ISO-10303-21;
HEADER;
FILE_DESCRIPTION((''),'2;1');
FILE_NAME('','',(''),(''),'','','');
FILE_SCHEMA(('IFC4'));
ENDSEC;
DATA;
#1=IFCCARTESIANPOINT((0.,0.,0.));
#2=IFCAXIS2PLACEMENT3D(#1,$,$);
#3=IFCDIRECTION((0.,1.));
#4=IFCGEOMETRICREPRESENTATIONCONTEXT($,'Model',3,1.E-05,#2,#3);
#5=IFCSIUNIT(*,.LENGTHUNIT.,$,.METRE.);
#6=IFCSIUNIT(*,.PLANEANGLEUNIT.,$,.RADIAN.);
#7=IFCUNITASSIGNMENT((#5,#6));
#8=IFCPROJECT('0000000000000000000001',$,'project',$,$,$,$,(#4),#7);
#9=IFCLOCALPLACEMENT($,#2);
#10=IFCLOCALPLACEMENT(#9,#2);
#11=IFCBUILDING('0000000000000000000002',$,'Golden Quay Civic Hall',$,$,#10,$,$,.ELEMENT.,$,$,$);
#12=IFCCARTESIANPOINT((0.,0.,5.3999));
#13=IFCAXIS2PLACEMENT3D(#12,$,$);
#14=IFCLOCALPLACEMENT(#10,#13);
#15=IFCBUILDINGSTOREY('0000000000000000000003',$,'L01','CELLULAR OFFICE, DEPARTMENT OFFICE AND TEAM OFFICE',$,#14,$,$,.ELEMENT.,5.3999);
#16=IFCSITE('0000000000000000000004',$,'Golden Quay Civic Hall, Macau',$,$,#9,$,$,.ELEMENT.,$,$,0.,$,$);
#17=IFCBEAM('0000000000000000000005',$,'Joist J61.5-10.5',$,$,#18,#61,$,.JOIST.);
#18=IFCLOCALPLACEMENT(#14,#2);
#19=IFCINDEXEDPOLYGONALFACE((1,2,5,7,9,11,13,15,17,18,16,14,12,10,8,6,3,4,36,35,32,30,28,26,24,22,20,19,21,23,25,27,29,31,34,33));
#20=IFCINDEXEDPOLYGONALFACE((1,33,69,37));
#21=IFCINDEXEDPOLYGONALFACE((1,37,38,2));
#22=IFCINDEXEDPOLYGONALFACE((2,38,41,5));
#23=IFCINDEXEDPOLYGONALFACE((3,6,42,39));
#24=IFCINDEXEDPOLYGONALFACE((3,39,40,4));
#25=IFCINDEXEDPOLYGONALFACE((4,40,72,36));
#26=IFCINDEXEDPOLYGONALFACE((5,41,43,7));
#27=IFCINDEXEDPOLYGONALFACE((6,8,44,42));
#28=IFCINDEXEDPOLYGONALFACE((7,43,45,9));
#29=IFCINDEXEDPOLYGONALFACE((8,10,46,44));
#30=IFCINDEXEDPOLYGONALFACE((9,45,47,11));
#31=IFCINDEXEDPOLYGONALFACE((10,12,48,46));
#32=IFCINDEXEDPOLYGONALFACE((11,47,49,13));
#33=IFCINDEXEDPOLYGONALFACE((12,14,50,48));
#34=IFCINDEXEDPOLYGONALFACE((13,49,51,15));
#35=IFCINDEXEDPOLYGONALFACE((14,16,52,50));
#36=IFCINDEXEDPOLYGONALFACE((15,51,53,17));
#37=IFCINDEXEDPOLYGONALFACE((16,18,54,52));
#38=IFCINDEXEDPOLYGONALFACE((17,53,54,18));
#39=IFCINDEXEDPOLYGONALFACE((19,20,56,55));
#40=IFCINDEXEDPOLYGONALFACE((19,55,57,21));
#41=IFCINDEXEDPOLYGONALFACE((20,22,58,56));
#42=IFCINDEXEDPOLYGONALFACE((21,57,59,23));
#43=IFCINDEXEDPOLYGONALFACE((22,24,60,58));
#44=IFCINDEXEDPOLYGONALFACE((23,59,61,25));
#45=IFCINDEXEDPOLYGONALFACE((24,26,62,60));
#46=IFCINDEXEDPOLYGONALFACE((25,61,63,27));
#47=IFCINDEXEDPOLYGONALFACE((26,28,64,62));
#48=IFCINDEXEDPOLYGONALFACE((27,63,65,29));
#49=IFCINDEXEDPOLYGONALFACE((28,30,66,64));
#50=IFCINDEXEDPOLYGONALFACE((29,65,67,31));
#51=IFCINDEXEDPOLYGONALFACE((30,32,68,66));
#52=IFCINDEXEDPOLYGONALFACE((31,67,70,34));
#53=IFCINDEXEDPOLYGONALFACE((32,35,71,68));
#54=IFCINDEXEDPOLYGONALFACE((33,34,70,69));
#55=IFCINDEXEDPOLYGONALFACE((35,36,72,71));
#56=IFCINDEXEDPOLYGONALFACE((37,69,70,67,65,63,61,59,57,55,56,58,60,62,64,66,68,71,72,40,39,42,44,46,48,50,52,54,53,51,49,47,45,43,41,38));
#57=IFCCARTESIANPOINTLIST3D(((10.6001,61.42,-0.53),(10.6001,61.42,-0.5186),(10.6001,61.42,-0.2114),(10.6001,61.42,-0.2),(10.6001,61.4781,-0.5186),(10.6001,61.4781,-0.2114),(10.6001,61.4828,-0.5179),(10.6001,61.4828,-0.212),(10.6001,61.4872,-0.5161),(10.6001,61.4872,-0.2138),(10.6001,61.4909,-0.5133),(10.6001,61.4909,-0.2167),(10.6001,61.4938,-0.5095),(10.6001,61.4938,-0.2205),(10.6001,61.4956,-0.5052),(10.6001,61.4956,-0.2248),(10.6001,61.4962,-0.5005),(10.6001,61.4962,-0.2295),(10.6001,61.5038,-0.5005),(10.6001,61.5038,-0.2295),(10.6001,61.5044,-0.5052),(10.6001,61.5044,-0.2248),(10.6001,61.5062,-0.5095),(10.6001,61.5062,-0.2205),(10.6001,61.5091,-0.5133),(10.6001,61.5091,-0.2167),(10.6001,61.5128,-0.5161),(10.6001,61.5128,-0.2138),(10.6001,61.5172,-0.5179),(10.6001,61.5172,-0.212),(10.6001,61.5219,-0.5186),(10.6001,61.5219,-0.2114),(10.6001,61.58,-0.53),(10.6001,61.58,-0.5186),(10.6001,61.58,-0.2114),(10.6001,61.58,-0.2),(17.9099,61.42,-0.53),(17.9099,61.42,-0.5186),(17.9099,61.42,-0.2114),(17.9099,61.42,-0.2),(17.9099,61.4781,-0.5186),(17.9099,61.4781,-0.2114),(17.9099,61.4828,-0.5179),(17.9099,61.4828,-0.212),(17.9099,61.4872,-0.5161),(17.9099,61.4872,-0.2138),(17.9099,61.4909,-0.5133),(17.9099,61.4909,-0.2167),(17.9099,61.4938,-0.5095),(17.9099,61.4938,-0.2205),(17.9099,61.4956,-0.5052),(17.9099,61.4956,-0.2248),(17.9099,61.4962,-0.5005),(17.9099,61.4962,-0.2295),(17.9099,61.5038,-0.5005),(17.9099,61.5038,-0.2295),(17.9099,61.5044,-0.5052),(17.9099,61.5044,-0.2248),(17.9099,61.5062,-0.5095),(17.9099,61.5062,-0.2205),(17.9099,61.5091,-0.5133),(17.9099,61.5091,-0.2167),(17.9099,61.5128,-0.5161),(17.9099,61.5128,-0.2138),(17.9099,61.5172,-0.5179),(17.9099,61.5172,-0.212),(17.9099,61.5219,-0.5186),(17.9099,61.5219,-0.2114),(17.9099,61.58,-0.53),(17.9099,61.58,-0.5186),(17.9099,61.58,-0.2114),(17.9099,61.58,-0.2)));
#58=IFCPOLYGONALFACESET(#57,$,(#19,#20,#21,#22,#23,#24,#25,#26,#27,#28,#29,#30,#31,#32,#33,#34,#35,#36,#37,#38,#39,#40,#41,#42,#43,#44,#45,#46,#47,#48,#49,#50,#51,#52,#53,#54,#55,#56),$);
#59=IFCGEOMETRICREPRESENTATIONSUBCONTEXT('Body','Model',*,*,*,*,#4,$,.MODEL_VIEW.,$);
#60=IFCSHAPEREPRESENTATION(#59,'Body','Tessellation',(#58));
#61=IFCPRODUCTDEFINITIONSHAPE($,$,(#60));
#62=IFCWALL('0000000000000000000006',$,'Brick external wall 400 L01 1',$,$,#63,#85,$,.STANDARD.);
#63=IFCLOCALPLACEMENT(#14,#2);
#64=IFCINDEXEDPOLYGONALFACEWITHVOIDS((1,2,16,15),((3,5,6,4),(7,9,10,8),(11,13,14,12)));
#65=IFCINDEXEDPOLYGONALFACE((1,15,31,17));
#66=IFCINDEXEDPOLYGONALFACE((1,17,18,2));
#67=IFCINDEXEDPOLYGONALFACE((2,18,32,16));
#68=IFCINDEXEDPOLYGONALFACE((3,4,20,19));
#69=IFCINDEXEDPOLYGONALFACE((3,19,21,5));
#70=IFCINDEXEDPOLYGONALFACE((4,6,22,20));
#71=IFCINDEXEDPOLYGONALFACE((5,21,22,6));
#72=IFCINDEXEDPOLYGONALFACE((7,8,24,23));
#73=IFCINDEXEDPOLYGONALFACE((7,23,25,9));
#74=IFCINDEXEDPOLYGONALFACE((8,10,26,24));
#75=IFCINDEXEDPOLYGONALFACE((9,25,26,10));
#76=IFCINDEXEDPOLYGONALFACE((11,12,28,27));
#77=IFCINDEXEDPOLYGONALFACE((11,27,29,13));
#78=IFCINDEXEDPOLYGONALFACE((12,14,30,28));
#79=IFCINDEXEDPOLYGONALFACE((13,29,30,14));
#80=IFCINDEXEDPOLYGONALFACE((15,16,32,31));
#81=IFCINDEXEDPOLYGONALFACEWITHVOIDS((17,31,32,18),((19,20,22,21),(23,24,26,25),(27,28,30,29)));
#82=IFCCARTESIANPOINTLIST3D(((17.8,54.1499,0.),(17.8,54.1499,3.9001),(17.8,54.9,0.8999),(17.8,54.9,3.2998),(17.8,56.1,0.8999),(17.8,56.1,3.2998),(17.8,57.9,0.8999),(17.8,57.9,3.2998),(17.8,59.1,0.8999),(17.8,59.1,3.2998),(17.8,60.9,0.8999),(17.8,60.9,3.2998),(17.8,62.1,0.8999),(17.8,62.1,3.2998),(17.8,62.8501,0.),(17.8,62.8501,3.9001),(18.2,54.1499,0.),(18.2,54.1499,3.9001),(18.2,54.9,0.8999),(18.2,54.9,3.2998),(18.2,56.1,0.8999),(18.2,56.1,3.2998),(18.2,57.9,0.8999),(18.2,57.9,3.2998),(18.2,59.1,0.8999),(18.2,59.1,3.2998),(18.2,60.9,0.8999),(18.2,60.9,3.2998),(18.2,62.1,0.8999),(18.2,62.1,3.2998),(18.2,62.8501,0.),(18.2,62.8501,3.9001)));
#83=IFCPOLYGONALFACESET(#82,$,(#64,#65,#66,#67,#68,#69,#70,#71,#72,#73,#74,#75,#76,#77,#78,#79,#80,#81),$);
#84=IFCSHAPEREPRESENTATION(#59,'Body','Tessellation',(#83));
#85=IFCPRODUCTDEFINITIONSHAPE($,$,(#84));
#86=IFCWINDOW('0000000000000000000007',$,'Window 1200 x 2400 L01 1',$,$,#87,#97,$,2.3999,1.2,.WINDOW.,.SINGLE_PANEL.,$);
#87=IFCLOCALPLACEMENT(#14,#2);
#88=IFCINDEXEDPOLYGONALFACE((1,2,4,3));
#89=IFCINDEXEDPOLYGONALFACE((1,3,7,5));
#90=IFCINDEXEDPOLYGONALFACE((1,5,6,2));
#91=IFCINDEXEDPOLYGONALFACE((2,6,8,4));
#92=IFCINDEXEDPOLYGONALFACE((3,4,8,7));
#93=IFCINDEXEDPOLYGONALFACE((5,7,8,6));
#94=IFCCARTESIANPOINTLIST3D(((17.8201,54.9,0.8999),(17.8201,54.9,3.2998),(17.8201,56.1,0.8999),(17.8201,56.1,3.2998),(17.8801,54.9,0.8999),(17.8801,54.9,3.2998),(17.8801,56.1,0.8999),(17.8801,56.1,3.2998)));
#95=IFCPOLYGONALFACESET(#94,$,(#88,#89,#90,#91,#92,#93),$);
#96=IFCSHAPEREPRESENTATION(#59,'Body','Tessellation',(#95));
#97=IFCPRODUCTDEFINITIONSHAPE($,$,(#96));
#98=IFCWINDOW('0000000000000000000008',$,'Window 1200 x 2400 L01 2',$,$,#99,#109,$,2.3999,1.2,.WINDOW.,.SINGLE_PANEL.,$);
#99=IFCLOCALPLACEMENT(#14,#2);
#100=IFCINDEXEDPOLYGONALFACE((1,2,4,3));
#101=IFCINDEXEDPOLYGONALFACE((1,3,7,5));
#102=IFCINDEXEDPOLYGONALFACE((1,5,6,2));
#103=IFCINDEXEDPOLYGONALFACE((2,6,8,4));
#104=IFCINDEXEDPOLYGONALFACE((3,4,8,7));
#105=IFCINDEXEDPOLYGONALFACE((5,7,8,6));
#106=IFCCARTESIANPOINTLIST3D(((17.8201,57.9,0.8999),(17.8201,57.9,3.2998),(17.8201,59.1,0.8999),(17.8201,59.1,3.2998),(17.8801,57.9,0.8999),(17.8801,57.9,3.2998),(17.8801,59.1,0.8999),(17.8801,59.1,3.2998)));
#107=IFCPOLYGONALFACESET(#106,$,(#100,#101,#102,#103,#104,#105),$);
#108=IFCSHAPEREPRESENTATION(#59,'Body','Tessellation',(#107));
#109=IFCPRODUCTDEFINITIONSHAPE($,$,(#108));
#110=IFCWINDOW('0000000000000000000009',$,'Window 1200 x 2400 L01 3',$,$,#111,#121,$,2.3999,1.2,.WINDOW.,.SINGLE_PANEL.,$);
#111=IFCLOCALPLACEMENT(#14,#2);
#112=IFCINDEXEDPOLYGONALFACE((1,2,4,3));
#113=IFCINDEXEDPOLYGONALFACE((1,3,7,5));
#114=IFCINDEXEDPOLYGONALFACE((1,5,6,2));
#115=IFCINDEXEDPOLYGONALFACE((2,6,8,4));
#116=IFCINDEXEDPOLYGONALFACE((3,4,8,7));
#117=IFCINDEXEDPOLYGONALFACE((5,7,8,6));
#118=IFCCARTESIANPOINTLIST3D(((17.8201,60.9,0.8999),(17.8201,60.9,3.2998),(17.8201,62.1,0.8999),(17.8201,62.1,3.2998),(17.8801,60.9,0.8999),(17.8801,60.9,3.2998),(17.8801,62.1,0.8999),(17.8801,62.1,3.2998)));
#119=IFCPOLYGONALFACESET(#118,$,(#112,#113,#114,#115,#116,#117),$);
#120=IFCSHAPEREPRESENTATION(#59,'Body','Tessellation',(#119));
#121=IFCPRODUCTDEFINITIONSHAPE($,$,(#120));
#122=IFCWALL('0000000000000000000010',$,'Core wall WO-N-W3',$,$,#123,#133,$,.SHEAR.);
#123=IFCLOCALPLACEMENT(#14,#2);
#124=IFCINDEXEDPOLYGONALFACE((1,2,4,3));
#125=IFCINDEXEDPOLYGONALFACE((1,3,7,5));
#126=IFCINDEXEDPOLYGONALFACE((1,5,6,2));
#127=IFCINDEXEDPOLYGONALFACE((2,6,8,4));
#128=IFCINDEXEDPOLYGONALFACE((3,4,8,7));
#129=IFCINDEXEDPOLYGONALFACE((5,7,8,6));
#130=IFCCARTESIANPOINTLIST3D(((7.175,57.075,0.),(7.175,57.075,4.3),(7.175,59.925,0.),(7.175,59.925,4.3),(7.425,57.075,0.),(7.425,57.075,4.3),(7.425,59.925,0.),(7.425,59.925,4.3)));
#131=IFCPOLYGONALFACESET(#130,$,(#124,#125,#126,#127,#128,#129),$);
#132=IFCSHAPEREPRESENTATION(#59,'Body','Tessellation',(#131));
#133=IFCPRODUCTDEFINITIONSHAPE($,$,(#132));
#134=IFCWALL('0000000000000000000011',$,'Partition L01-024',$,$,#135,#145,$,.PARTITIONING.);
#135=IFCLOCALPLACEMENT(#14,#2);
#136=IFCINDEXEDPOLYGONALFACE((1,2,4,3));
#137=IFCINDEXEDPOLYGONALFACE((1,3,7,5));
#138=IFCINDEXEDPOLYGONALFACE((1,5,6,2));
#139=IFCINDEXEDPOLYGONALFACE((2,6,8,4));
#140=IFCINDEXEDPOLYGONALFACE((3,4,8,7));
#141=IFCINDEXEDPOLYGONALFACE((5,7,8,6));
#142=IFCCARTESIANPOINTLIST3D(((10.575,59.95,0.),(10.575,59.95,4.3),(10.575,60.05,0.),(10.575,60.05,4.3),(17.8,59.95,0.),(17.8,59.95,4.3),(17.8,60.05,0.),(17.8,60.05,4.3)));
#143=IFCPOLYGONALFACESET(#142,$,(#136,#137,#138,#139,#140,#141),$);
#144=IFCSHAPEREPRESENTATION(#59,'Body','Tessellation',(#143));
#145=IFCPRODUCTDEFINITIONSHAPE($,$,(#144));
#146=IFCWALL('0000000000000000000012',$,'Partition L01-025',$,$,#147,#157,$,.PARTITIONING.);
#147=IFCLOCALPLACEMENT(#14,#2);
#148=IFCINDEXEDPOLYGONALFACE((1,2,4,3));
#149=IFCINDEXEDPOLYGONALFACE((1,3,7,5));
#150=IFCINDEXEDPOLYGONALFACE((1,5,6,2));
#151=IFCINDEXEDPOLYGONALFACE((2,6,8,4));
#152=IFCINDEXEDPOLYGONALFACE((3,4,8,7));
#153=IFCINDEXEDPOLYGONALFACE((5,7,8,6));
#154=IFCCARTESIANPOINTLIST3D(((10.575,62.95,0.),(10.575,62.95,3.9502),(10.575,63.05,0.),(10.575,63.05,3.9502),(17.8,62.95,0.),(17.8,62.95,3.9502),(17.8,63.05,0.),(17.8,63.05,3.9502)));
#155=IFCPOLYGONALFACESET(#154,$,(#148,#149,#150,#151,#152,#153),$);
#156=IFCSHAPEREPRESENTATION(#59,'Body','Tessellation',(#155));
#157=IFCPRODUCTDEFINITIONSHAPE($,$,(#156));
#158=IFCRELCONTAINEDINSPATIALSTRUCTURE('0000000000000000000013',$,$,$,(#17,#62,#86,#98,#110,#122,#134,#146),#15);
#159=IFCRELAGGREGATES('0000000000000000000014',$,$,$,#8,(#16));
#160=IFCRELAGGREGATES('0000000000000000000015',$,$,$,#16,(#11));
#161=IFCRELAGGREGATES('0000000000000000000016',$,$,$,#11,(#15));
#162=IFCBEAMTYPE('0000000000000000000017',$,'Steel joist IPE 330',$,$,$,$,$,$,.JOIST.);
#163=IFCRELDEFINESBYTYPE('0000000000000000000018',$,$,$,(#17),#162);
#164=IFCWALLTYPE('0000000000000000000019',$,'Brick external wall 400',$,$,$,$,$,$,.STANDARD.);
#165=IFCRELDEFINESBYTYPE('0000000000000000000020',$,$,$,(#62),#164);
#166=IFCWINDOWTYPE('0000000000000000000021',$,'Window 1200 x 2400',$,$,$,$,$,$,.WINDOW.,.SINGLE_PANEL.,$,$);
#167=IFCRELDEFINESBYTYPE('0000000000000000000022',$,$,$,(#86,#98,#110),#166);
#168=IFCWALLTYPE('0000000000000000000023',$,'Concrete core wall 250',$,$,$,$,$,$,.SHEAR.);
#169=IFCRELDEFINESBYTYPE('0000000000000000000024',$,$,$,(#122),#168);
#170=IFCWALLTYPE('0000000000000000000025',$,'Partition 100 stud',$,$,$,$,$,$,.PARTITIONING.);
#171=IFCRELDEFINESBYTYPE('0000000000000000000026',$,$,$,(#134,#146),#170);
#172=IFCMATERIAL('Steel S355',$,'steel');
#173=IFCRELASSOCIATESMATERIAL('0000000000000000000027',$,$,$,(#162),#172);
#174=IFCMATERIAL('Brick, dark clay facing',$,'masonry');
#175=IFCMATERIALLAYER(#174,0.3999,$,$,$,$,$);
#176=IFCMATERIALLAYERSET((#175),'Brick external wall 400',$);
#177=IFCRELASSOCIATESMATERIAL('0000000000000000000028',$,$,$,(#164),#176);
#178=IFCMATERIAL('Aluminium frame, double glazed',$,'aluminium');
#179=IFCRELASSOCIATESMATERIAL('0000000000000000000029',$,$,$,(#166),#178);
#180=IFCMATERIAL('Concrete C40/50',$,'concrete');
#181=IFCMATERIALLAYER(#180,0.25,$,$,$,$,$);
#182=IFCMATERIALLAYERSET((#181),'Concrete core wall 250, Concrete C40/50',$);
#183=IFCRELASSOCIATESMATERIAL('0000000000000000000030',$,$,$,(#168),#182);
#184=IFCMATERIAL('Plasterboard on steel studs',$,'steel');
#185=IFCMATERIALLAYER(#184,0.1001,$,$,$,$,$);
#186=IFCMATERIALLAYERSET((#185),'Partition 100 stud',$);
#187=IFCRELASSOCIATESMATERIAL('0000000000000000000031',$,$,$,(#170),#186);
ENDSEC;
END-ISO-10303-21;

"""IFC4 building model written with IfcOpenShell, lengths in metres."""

from ifc_helpers import new_model, si_unit, direction, frame, frame_2d, origin, origin_2d, place, context, subcontext, project, spatial, rectangle, i_section, extrude, material, layer, layer_set, material_profile, profile_set, type_object, element, fill, save


model = new_model("IFC4")

# Units and contexts
model_context = context("Model", 3, precision=1e-05, world=origin(), true_north=direction((0.0, 1.0)))
body_context = subcontext(model_context, "Body", "Model", "MODEL_VIEW")
ifc_project = project(units=[si_unit("LENGTHUNIT", "METRE"), si_unit("PLANEANGLEUNIT", "RADIAN")], contexts=[model_context])

# Site, building, storey
site_placement = place(None, origin())
site = spatial("IfcSite", under=ifc_project, at=site_placement, Name="Golden Quay Civic Hall, Macau", CompositionType="ELEMENT", RefElevation=0.0)
building_placement = place(site_placement, origin())
building = spatial("IfcBuilding", under=site, at=building_placement, Name="Golden Quay Civic Hall", CompositionType="ELEMENT")
storey_placement = place(building_placement, frame((0.0, 0.0, 5.3999)))
storey = spatial("IfcBuildingStorey", under=building, at=storey_placement, Name="L01", Description="CELLULAR OFFICE, DEPARTMENT OFFICE AND TEAM OFFICE", CompositionType="ELEMENT", Elevation=5.3999)

# Beam
ifc_material_1 = material(Name="Steel S355", Category="steel")
ifc_material_profile_1 = material_profile(ifc_material_1, i_section(OverallWidth=0.1599, OverallDepth=0.3301, WebThickness=0.0076, FlangeThickness=0.0115, FilletRadius=0.0181, at=origin_2d()), Name="IPE 330")
ifc_profile_set_1 = profile_set([ifc_material_profile_1], Name="Steel S355")
beam_type_1 = type_object("IfcBeamType", Name="Steel joist IPE 330", PredefinedType="JOIST", material=ifc_profile_set_1)
for number, where, z_axis, x_axis, name in (
    (1, (10.6001, 61.5, -0.365), (1.0, 0.0, 0.0), (0.0, 1.0, 0.0), "Joist J61.5-10.5"),
):
    element("IfcBeam", number, at=place(storey_placement, frame(where, z_axis=z_axis, x_axis=x_axis)), inside=storey, type_object=beam_type_1, Name=name, PredefinedType="JOIST", context=body_context, shape_type="SweptSolid", body=[
        extrude(i_section(OverallWidth=0.1599, OverallDepth=0.3301, WebThickness=0.0076, FlangeThickness=0.0115, FilletRadius=0.0181, at=origin_2d()), origin(), (0.0, 0.0, 1.0), 7.3098),
    ])

# Wall, openings, windows
ifc_material_2 = material(Name="Brick, dark clay facing", Category="masonry")
ifc_layer_1 = layer(ifc_material_2, 0.3999)
ifc_layer_set_1 = layer_set([ifc_layer_1], Name="Brick external wall 400")
wall_type_1 = type_object("IfcWallType", Name="Brick external wall 400", PredefinedType="STANDARD", material=ifc_layer_set_1)
wall_1_placement = place(storey_placement, frame((18.0, 62.8501, 0.0), z_axis=(0.0, 0.0, 1.0), x_axis=(0.0, -1.0, 0.0)))
wall_1 = element("IfcWall", 2, at=wall_1_placement, inside=storey, type_object=wall_type_1, Name="Brick external wall 400 L01 1", PredefinedType="STANDARD", context=body_context, shape_type="SweptSolid", body=[
    extrude(rectangle(XDim=8.7002, YDim=0.3999, at=frame_2d((4.3501, 0.0))), origin(), (0.0, 0.0, 1.0), 3.9001),
])
opening_1_placement = place(wall_1_placement, frame((6.75, 0.0, 0.8999)))
opening_1 = element("IfcOpeningElement", 3, at=opening_1_placement, cuts=wall_1, PredefinedType="OPENING", context=body_context, shape_type="SweptSolid", body=[
    extrude(rectangle(XDim=1.2, YDim=2.3999, at=frame_2d((0.6001, 1.2))), frame((0.0, 0.21, 0.0), z_axis=(0.0, -1.0, 0.0), x_axis=(1.0, 0.0, 0.0)), (0.0, 0.0, 1.0), 0.4199),
])
opening_2_placement = place(wall_1_placement, frame((3.75, 0.0, 0.8999)))
opening_2 = element("IfcOpeningElement", 4, at=opening_2_placement, cuts=wall_1, PredefinedType="OPENING", context=body_context, shape_type="SweptSolid", body=[
    extrude(rectangle(XDim=1.2, YDim=2.3999, at=frame_2d((0.6001, 1.2))), frame((0.0, 0.21, 0.0), z_axis=(0.0, -1.0, 0.0), x_axis=(1.0, 0.0, 0.0)), (0.0, 0.0, 1.0), 0.4199),
])
opening_3_placement = place(wall_1_placement, frame((0.75, 0.0, 0.8999)))
opening_3 = element("IfcOpeningElement", 5, at=opening_3_placement, cuts=wall_1, PredefinedType="OPENING", context=body_context, shape_type="SweptSolid", body=[
    extrude(rectangle(XDim=1.2, YDim=2.3999, at=frame_2d((0.6001, 1.2))), frame((0.0, 0.21, 0.0), z_axis=(0.0, -1.0, 0.0), x_axis=(1.0, 0.0, 0.0)), (0.0, 0.0, 1.0), 0.4199),
])
ifc_material_3 = material(Name="Aluminium frame, double glazed", Category="aluminium")
window_type = type_object("IfcWindowType", Name="Window 1200 x 2400", PartitioningType="SINGLE_PANEL", PredefinedType="WINDOW", material=ifc_material_3)
window_1_placement = place(opening_1_placement, origin())
window_1 = element("IfcWindow", 6, at=window_1_placement, inside=storey, type_object=window_type, Name="Window 1200 x 2400 L01 1", OverallHeight=2.3999, OverallWidth=1.2, PartitioningType="SINGLE_PANEL", PredefinedType="WINDOW", context=body_context, shape_type="SweptSolid", body=[
    extrude(rectangle(XDim=1.2, YDim=2.3999, at=frame_2d((0.6001, 1.2))), frame((0.0, -0.1199, 0.0), z_axis=(0.0, -1.0, 0.0), x_axis=(1.0, 0.0, 0.0)), (0.0, 0.0, 1.0), 0.0601),
])
fill(opening_1, window_1)
window_2_placement = place(opening_2_placement, origin())
window_2 = element("IfcWindow", 7, at=window_2_placement, inside=storey, type_object=window_type, Name="Window 1200 x 2400 L01 2", OverallHeight=2.3999, OverallWidth=1.2, PartitioningType="SINGLE_PANEL", PredefinedType="WINDOW", context=body_context, shape_type="SweptSolid", body=[
    extrude(rectangle(XDim=1.2, YDim=2.3999, at=frame_2d((0.6001, 1.2))), frame((0.0, -0.1199, 0.0), z_axis=(0.0, -1.0, 0.0), x_axis=(1.0, 0.0, 0.0)), (0.0, 0.0, 1.0), 0.0601),
])
fill(opening_2, window_2)
window_3_placement = place(opening_3_placement, origin())
window_3 = element("IfcWindow", 8, at=window_3_placement, inside=storey, type_object=window_type, Name="Window 1200 x 2400 L01 3", OverallHeight=2.3999, OverallWidth=1.2, PartitioningType="SINGLE_PANEL", PredefinedType="WINDOW", context=body_context, shape_type="SweptSolid", body=[
    extrude(rectangle(XDim=1.2, YDim=2.3999, at=frame_2d((0.6001, 1.2))), frame((0.0, -0.1199, 0.0), z_axis=(0.0, -1.0, 0.0), x_axis=(1.0, 0.0, 0.0)), (0.0, 0.0, 1.0), 0.0601),
])
fill(opening_3, window_3)

# Walls
ifc_material_4 = material(Name="Concrete C40/50", Category="concrete")
ifc_layer_2 = layer(ifc_material_4, 0.25)
ifc_layer_set_2 = layer_set([ifc_layer_2], Name="Concrete core wall 250, Concrete C40/50")
wall_type_2 = type_object("IfcWallType", Name="Concrete core wall 250", PredefinedType="SHEAR", material=ifc_layer_set_2)
wall_2_placement = place(storey_placement, frame((7.3, 57.075, 0.0), z_axis=(0.0, 0.0, 1.0), x_axis=(0.0, 1.0, 0.0)))
element("IfcWall", 9, at=wall_2_placement, inside=storey, type_object=wall_type_2, Name="Core wall WO-N-W3", PredefinedType="SHEAR", context=body_context, shape_type="SweptSolid", body=[
    extrude(rectangle(XDim=2.8501, YDim=0.25, at=frame_2d((1.425, 0.0))), origin(), (0.0, 0.0, 1.0), 4.3),
])
ifc_material_5 = material(Name="Plasterboard on steel studs", Category="steel")
ifc_layer_3 = layer(ifc_material_5, 0.1001)
ifc_layer_set_3 = layer_set([ifc_layer_3], Name="Partition 100 stud")
wall_type_3 = type_object("IfcWallType", Name="Partition 100 stud", PredefinedType="PARTITIONING", material=ifc_layer_set_3)
wall_3_placement = place(storey_placement, frame((10.575, 60.0, 0.0), z_axis=(0.0, 0.0, 1.0), x_axis=(1.0, 0.0, 0.0)))
element("IfcWall", 10, at=wall_3_placement, inside=storey, type_object=wall_type_3, Name="Partition L01-024", PredefinedType="PARTITIONING", context=body_context, shape_type="SweptSolid", body=[
    extrude(rectangle(XDim=7.2251, YDim=0.1001, at=frame_2d((3.6125, 0.0))), origin(), (0.0, 0.0, 1.0), 4.3),
])
wall_4_placement = place(storey_placement, frame((10.575, 63.0, 0.0), z_axis=(0.0, 0.0, 1.0), x_axis=(1.0, 0.0, 0.0)))
element("IfcWall", 11, at=wall_4_placement, inside=storey, type_object=wall_type_3, Name="Partition L01-025", PredefinedType="PARTITIONING", context=body_context, shape_type="SweptSolid", body=[
    extrude(rectangle(XDim=7.2251, YDim=0.1001, at=frame_2d((3.6125, 0.0))), origin(), (0.0, 0.0, 1.0), 3.9502),
])

save(model, "model.ifc")
